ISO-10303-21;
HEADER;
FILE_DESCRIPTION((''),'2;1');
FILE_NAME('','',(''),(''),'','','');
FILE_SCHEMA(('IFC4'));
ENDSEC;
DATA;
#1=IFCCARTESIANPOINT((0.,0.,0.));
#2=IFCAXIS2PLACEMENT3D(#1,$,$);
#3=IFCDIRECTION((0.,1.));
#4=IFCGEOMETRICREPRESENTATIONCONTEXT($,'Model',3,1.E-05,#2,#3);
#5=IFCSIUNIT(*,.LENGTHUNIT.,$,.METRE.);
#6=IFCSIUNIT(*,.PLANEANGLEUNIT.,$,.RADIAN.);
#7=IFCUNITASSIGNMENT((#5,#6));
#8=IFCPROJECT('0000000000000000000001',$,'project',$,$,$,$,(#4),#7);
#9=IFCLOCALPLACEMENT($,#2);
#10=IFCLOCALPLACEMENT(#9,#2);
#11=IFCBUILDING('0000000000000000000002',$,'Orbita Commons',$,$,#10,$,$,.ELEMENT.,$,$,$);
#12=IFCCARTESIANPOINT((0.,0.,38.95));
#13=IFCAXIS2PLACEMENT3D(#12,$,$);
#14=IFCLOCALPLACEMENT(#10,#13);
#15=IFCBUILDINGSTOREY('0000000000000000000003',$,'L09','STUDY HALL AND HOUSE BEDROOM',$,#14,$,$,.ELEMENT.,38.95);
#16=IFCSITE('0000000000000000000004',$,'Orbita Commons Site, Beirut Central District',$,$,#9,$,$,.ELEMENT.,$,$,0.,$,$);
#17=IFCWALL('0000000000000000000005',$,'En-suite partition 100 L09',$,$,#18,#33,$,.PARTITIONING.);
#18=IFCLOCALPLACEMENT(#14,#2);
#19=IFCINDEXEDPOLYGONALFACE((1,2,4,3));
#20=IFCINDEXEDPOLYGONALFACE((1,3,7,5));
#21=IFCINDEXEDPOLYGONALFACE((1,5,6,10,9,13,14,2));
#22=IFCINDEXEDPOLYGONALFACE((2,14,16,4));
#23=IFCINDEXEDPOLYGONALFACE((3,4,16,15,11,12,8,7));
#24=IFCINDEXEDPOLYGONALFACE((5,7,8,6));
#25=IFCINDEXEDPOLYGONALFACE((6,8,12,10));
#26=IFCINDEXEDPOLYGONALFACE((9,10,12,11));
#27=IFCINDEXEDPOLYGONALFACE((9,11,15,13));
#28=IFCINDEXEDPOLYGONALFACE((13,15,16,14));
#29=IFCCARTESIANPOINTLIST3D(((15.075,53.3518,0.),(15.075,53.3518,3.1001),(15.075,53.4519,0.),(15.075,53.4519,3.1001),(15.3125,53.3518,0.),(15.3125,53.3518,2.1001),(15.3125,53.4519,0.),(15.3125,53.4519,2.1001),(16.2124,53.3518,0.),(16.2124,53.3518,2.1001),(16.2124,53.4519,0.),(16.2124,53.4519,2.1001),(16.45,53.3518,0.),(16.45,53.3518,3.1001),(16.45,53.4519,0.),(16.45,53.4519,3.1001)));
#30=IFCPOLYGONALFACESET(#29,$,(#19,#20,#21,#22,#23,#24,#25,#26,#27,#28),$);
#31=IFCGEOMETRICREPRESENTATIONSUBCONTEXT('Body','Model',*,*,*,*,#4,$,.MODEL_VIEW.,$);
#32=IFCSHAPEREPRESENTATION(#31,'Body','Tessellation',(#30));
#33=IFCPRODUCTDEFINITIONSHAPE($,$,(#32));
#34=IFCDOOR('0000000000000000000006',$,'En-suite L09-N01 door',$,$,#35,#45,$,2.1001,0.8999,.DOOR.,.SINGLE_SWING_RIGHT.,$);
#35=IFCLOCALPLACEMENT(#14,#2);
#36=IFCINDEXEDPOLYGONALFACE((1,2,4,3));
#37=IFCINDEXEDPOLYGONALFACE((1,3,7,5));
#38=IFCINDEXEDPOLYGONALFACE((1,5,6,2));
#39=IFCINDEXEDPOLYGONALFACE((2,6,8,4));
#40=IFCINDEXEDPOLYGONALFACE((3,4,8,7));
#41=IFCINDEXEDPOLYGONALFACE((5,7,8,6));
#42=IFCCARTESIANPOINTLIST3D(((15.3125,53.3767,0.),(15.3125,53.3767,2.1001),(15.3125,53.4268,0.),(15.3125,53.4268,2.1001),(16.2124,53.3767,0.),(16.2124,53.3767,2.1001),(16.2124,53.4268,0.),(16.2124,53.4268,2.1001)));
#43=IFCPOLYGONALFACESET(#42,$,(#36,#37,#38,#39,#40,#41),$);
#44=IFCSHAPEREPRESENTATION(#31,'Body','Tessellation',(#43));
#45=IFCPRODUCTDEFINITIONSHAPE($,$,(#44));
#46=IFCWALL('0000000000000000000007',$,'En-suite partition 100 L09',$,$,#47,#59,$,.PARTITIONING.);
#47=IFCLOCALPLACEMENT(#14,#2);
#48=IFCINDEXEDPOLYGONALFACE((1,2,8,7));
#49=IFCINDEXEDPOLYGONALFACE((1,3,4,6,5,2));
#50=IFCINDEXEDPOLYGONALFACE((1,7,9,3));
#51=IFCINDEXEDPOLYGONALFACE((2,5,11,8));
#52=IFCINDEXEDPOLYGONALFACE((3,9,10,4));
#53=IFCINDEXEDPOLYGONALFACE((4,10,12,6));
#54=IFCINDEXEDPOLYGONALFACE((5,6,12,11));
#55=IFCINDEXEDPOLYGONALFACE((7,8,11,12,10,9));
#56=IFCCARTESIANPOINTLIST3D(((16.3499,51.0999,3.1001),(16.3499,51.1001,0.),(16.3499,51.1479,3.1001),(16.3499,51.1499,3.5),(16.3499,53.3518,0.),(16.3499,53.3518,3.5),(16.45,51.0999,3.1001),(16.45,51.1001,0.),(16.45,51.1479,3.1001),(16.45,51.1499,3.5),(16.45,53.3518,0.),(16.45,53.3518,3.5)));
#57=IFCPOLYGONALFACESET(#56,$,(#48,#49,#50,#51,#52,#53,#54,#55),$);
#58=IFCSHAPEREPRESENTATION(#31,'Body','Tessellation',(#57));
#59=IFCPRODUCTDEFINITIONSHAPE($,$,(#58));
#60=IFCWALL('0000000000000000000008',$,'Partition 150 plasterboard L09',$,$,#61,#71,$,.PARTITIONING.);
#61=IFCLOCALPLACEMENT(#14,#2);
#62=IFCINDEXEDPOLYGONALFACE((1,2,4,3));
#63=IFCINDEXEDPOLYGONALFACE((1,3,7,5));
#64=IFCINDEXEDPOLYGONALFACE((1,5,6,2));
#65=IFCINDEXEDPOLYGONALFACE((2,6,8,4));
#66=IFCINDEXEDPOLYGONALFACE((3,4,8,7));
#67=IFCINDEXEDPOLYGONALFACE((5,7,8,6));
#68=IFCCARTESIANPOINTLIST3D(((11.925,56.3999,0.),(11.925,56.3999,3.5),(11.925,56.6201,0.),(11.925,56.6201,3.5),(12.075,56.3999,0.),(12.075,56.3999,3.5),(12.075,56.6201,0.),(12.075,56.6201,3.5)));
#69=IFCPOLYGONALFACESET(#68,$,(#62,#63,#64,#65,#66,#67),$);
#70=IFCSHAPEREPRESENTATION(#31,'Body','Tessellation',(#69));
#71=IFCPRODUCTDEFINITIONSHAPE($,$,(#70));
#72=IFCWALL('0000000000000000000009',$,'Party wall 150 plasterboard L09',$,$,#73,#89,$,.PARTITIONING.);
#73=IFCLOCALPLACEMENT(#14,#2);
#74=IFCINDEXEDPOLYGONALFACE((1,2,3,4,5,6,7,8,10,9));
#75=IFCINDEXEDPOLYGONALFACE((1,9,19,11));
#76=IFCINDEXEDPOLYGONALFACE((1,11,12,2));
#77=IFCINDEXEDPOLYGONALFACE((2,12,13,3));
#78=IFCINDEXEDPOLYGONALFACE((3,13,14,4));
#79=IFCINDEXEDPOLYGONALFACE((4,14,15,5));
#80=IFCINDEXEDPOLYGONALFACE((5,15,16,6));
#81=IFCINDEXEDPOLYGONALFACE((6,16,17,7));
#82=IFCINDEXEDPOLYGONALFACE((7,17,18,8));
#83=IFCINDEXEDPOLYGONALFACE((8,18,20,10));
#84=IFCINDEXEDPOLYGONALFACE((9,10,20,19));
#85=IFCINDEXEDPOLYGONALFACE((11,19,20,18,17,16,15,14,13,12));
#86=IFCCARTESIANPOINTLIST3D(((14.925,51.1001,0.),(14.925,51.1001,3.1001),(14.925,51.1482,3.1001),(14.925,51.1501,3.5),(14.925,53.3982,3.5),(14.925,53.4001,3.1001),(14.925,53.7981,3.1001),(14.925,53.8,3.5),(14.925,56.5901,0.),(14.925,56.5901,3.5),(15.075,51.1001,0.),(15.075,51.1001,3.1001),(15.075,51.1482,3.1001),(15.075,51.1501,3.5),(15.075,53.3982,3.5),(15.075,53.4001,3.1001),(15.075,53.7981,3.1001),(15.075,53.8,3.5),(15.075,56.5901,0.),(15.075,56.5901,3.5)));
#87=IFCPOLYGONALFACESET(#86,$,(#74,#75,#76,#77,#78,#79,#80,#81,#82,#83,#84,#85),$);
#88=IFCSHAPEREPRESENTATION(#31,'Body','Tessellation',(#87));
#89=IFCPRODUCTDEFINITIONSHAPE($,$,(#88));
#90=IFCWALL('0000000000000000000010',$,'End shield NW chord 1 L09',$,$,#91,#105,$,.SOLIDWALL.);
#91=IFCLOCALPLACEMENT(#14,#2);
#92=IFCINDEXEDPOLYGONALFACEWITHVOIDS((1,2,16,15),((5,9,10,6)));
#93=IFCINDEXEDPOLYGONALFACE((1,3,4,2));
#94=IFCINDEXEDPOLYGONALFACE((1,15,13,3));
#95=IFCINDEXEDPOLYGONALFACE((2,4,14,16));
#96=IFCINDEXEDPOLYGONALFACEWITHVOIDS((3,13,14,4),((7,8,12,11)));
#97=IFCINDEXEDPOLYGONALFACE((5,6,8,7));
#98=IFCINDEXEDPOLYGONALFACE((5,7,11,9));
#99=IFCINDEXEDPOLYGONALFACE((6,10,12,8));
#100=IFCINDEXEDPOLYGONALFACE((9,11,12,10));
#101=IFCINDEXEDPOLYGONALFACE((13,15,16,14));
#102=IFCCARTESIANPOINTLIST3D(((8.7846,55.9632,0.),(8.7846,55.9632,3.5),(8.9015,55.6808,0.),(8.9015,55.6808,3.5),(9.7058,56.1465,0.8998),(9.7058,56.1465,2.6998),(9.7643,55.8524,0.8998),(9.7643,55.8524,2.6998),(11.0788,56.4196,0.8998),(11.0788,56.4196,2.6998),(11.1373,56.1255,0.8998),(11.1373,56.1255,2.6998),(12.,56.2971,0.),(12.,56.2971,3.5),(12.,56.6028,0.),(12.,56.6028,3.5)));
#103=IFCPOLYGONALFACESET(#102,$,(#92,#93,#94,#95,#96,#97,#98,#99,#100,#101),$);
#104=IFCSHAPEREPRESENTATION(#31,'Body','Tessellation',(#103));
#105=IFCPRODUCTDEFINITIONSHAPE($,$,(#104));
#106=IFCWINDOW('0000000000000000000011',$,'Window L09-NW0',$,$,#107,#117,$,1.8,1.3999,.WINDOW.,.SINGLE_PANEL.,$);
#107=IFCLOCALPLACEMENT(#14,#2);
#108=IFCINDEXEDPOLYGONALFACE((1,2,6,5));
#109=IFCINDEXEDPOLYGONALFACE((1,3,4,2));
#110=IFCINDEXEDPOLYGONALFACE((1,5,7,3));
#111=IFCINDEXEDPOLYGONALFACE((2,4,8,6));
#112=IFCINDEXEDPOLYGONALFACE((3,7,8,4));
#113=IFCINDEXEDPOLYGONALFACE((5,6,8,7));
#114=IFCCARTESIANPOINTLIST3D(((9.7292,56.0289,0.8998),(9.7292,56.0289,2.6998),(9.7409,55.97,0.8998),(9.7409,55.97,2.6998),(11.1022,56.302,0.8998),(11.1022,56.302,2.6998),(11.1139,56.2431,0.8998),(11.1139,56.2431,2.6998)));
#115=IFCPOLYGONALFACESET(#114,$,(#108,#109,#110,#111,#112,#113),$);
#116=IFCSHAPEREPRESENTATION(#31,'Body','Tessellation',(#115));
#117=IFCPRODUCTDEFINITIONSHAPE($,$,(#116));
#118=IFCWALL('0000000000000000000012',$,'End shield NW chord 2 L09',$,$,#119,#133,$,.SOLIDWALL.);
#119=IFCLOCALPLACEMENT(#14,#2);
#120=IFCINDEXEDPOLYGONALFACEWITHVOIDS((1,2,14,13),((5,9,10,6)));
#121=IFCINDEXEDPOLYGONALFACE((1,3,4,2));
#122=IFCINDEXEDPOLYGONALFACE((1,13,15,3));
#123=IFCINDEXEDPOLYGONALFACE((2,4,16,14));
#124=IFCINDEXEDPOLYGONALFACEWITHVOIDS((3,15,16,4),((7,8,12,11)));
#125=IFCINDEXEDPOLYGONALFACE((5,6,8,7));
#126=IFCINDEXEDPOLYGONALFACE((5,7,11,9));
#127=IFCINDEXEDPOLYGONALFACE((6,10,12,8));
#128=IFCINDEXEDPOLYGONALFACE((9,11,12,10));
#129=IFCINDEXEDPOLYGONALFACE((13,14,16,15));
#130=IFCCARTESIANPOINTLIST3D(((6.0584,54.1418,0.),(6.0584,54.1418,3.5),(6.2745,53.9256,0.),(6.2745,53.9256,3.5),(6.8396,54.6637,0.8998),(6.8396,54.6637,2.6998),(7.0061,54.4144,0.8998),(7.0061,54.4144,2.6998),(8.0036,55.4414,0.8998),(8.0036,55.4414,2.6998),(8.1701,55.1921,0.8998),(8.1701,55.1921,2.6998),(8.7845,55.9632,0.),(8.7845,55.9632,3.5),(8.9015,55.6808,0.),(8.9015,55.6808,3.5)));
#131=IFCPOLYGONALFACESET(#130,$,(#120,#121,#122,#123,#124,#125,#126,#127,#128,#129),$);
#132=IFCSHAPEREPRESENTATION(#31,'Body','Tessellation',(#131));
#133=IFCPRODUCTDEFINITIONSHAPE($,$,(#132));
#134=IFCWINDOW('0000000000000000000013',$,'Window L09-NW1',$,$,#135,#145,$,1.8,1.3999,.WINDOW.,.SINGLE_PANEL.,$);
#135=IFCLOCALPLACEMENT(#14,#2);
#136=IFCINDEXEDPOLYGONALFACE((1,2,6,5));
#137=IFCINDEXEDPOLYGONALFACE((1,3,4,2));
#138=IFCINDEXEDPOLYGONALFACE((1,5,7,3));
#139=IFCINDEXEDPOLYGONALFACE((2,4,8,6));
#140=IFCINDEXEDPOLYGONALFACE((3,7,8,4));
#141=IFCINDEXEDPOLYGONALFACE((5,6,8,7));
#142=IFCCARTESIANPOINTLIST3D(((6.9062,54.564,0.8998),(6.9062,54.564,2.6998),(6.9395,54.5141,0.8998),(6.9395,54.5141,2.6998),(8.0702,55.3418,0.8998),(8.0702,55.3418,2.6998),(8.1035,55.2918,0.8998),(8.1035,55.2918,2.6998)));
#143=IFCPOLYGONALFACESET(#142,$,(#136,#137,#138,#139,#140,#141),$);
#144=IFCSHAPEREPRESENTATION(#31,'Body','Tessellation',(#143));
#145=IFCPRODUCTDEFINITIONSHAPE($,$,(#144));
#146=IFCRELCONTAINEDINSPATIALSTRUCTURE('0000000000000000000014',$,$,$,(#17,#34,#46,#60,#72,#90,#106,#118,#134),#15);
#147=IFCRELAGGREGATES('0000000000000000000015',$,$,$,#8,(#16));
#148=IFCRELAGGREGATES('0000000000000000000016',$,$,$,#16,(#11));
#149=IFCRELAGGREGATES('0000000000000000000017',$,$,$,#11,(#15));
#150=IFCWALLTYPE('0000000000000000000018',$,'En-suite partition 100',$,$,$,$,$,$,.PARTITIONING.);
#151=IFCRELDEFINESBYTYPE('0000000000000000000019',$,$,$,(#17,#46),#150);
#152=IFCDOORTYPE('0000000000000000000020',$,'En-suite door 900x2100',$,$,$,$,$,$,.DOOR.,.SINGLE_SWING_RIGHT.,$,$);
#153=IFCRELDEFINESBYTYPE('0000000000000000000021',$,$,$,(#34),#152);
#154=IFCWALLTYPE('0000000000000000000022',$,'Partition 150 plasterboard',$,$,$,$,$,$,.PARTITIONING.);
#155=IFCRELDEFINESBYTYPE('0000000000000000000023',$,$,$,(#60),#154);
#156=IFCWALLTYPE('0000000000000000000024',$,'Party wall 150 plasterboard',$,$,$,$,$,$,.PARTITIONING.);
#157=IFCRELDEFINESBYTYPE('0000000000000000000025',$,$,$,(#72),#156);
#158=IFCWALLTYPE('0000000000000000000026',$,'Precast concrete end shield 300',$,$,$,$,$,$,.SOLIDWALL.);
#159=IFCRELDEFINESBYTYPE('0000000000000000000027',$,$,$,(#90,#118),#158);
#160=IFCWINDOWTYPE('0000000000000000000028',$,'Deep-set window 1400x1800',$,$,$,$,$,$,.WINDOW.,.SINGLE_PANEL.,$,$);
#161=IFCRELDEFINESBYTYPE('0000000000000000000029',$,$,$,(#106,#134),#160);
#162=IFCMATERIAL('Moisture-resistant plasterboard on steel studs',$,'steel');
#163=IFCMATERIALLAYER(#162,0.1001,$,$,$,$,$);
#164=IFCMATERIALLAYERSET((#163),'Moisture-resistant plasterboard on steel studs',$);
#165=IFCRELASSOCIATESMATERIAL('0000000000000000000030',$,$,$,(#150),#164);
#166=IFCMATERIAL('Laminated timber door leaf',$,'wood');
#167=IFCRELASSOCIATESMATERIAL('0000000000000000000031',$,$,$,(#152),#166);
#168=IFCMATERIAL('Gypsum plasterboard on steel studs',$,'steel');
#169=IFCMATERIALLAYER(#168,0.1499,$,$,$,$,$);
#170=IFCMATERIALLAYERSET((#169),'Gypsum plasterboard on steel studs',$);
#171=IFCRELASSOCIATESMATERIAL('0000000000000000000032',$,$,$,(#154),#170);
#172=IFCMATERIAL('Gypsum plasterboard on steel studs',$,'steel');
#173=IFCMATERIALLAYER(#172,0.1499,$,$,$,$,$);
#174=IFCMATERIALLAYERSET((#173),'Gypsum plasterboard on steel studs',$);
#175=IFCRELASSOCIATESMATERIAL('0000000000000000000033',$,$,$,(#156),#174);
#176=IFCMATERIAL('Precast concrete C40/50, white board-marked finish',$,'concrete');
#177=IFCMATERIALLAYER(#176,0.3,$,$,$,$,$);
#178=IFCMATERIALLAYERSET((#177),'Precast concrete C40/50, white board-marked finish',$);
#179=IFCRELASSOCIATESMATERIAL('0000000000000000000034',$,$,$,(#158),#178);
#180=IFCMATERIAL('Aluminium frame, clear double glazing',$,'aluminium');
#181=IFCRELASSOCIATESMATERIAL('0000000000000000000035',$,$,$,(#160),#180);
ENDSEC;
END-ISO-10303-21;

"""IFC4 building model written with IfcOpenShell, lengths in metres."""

from ifc_helpers import new_model, si_unit, direction, frame, frame_2d, origin, place, context, subcontext, project, spatial, polyline, rectangle, outline, extrude, material, layer, layer_set, type_object, element, fill, save


model = new_model("IFC4")

# Units and contexts
model_context = context("Model", 3, precision=1e-05, world=origin(), true_north=direction((0.0, 1.0)))
body_context = subcontext(model_context, "Body", "Model", "MODEL_VIEW")
ifc_project = project(units=[si_unit("LENGTHUNIT", "METRE"), si_unit("PLANEANGLEUNIT", "RADIAN")], contexts=[model_context])

# Site, building, storey
site_placement = place(None, origin())
site = spatial("IfcSite", under=ifc_project, at=site_placement, Name="Orbita Commons Site, Beirut Central District", CompositionType="ELEMENT", RefElevation=0.0)
building_placement = place(site_placement, origin())
building = spatial("IfcBuilding", under=site, at=building_placement, Name="Orbita Commons", CompositionType="ELEMENT")
storey_placement = place(building_placement, frame((0.0, 0.0, 38.95)))
storey = spatial("IfcBuildingStorey", under=building, at=storey_placement, Name="L09", Description="STUDY HALL AND HOUSE BEDROOM", CompositionType="ELEMENT", Elevation=38.95)

# Wall, opening, door
ifc_material_1 = material(Name="Moisture-resistant plasterboard on steel studs", Category="steel")
ifc_layer_1 = layer(ifc_material_1, 0.1001)
ifc_layer_set_1 = layer_set([ifc_layer_1], Name="Moisture-resistant plasterboard on steel studs")
wall_type_1 = type_object("IfcWallType", Name="En-suite partition 100", PredefinedType="PARTITIONING", material=ifc_layer_set_1)
ifc_material_2 = material(Name="Laminated timber door leaf", Category="wood")
door_type = type_object("IfcDoorType", Name="En-suite door 900x2100", OperationType="SINGLE_SWING_RIGHT", PredefinedType="DOOR", material=ifc_material_2)
wall_1_placement = place(storey_placement, frame((15.075, 53.4019, 0.0), z_axis=(0.0, 0.0, 1.0), x_axis=(1.0, 0.0, 0.0)))
wall_1 = element("IfcWall", 1, at=wall_1_placement, inside=storey, type_object=wall_type_1, Name="En-suite partition 100 L09", PredefinedType="PARTITIONING", context=body_context, shape_type="SweptSolid", body=[
    extrude(outline(polyline([(0.0, 0.0), (1.375, 0.0), (1.375, 3.1001), (0.0, 3.1001), (0.0, 0.0)])), frame((0.0, 0.05, 0.0), z_axis=(0.0, -1.0, 0.0), x_axis=(1.0, 0.0, 0.0)), (0.0, 0.0, 1.0), 0.1001),
])
opening_1_placement = place(wall_1_placement, frame((0.2375, 0.0, 0.0)))
opening_1 = element("IfcOpeningElement", 2, at=opening_1_placement, cuts=wall_1, PredefinedType="OPENING", context=body_context, shape_type="SweptSolid", body=[
    extrude(rectangle(XDim=0.8999, YDim=2.1001, at=frame_2d((0.45, 1.05))), frame((0.0, 0.0601, 0.0), z_axis=(0.0, -1.0, 0.0), x_axis=(1.0, 0.0, 0.0)), (0.0, 0.0, 1.0), 0.1201),
])
door_1_placement = place(opening_1_placement, origin())
door_1 = element("IfcDoor", 3, at=door_1_placement, inside=storey, type_object=door_type, Name="En-suite L09-N01 door", OperationType="SINGLE_SWING_RIGHT", OverallHeight=2.1001, OverallWidth=0.8999, PredefinedType="DOOR", context=body_context, shape_type="SweptSolid", body=[
    extrude(rectangle(XDim=0.8999, YDim=2.1001, at=frame_2d((0.45, 1.05))), frame((0.0, 0.0249, 0.0), z_axis=(0.0, -1.0, 0.0), x_axis=(1.0, 0.0, 0.0)), (0.0, 0.0, 1.0), 0.05),
])
fill(opening_1, door_1)

# Walls
wall_2_placement = place(storey_placement, frame((16.3999, 53.3518, 0.0), z_axis=(0.0, 0.0, 1.0), x_axis=(0.0, -1.0, 0.0)))
element("IfcWall", 4, at=wall_2_placement, inside=storey, type_object=wall_type_1, Name="En-suite partition 100 L09", PredefinedType="PARTITIONING", context=body_context, shape_type="SweptSolid", body=[
    extrude(outline(polyline([(0.0, 0.0), (2.2517, 0.0), (2.252, 3.1001), (2.2039, 3.1001), (2.2019, 3.5), (0.0, 3.5), (0.0, 0.0)])), frame((0.0, 0.05, 0.0), z_axis=(0.0, -1.0, 0.0), x_axis=(1.0, 0.0, 0.0)), (0.0, 0.0, 1.0), 0.1001),
])
ifc_material_3 = material(Name="Gypsum plasterboard on steel studs", Category="steel")
ifc_layer_2 = layer(ifc_material_3, 0.1499)
ifc_layer_set_2 = layer_set([ifc_layer_2], Name="Gypsum plasterboard on steel studs")
wall_type_2 = type_object("IfcWallType", Name="Partition 150 plasterboard", PredefinedType="PARTITIONING", material=ifc_layer_set_2)
wall_3_placement = place(storey_placement, frame((12.0, 56.3999, 0.0), z_axis=(0.0, 0.0, 1.0), x_axis=(0.0, 1.0, 0.0)))
element("IfcWall", 5, at=wall_3_placement, inside=storey, type_object=wall_type_2, Name="Partition 150 plasterboard L09", PredefinedType="PARTITIONING", context=body_context, shape_type="SweptSolid", body=[
    extrude(rectangle(XDim=0.2202, YDim=0.1499, at=frame_2d((0.1101, 0.0))), origin(), (0.0, 0.0, 1.0), 3.5),
])
ifc_material_4 = material(Name="Gypsum plasterboard on steel studs", Category="steel")
ifc_layer_3 = layer(ifc_material_4, 0.1499)
ifc_layer_set_3 = layer_set([ifc_layer_3], Name="Gypsum plasterboard on steel studs")
wall_type_3 = type_object("IfcWallType", Name="Party wall 150 plasterboard", PredefinedType="PARTITIONING", material=ifc_layer_set_3)
wall_4_placement = place(storey_placement, frame((15.0, 56.5901, 0.0), z_axis=(0.0, 0.0, 1.0), x_axis=(0.0, -1.0, 0.0)))
element("IfcWall", 6, at=wall_4_placement, inside=storey, type_object=wall_type_3, Name="Party wall 150 plasterboard L09", PredefinedType="PARTITIONING", context=body_context, shape_type="SweptSolid", body=[
    extrude(outline(polyline([(0.0, 0.0), (5.49, 0.0), (5.49, 3.1001), (5.4419, 3.1001), (5.4399, 3.5), (3.1919, 3.5), (3.1899, 3.1001), (2.792, 3.1001), (2.79, 3.5), (0.0, 3.5), (0.0, 0.0)])), frame((0.0, 0.075, 0.0), z_axis=(0.0, -1.0, 0.0), x_axis=(1.0, 0.0, 0.0)), (0.0, 0.0, 1.0), 0.1499),
])

# Walls, openings, windows
ifc_material_5 = material(Name="Precast concrete C40/50, white board-marked finish", Category="concrete")
ifc_layer_4 = layer(ifc_material_5, 0.3)
ifc_layer_set_4 = layer_set([ifc_layer_4], Name="Precast concrete C40/50, white board-marked finish")
wall_type_4 = type_object("IfcWallType", Name="Precast concrete end shield 300", PredefinedType="SOLIDWALL", material=ifc_layer_set_4)
wall_5_placement = place(storey_placement, frame((12.0, 56.45, 0.0), z_axis=(0.0, 0.0, 1.0), x_axis=(-0.980787, -0.19508, 0.0)))
wall_5 = element("IfcWall", 7, at=wall_5_placement, inside=storey, type_object=wall_type_4, Name="End shield NW chord 1 L09", PredefinedType="SOLIDWALL", context=body_context, shape_type="SweptSolid", body=[
    extrude(outline(polyline([(-0.0298, -0.1499), (3.2485, -0.1499), (3.189, 0.1499), (0.0298, 0.1499), (-0.0298, -0.1499)])), origin(), (0.0, 0.0, 1.0), 3.5),
])
opening_2_placement = place(wall_5_placement, frame((0.9094, 0.0, 0.8999)))
opening_2 = element("IfcOpeningElement", 8, at=opening_2_placement, cuts=wall_5, PredefinedType="OPENING", context=body_context, shape_type="SweptSolid", body=[
    extrude(rectangle(XDim=1.3999, YDim=1.8, at=frame_2d((0.7, 0.8999))), frame((0.0, 0.1599, 0.0), z_axis=(0.0, -1.0, 0.0), x_axis=(1.0, 0.0, 0.0)), (0.0, 0.0, 1.0), 0.3201),
])
ifc_material_6 = material(Name="Aluminium frame, clear double glazing", Category="aluminium")
window_type = type_object("IfcWindowType", Name="Deep-set window 1400x1800", PartitioningType="SINGLE_PANEL", PredefinedType="WINDOW", material=ifc_material_6)
window_1_placement = place(opening_2_placement, origin())
window_1 = element("IfcWindow", 9, at=window_1_placement, inside=storey, type_object=window_type, Name="Window L09-NW0", OverallHeight=1.8, OverallWidth=1.3999, PartitioningType="SINGLE_PANEL", PredefinedType="WINDOW", context=body_context, shape_type="SweptSolid", body=[
    extrude(rectangle(XDim=1.3999, YDim=1.8, at=frame_2d((0.7, 0.8999))), frame((0.0, 0.03, 0.0), z_axis=(0.0, -1.0, 0.0), x_axis=(1.0, 0.0, 0.0)), (0.0, 0.0, 1.0), 0.0601),
])
fill(opening_2, window_1)
wall_6_placement = place(storey_placement, frame((8.843, 55.822, 0.0), z_axis=(0.0, 0.0, 1.0), x_axis=(-0.831478, -0.555558, 0.0)))
wall_6 = element("IfcWall", 10, at=wall_6_placement, inside=storey, type_object=wall_type_4, Name="End shield NW chord 2 L09", PredefinedType="SOLIDWALL", context=body_context, shape_type="SweptSolid", body=[
    extrude(outline(polyline([(-0.0298, -0.1499), (3.2488, -0.1499), (3.1892, 0.1499), (0.0298, 0.1499), (-0.0298, -0.1499)])), origin(), (0.0, 0.0, 1.0), 3.5),
])
opening_3_placement = place(wall_6_placement, frame((0.9094, 0.0, 0.8999)))
opening_3 = element("IfcOpeningElement", 11, at=opening_3_placement, cuts=wall_6, PredefinedType="OPENING", context=body_context, shape_type="SweptSolid", body=[
    extrude(rectangle(XDim=1.3999, YDim=1.8, at=frame_2d((0.7, 0.8999))), frame((0.0, 0.1599, 0.0), z_axis=(0.0, -1.0, 0.0), x_axis=(1.0, 0.0, 0.0)), (0.0, 0.0, 1.0), 0.3201),
])
window_2_placement = place(opening_3_placement, origin())
window_2 = element("IfcWindow", 12, at=window_2_placement, inside=storey, type_object=window_type, Name="Window L09-NW1", OverallHeight=1.8, OverallWidth=1.3999, PartitioningType="SINGLE_PANEL", PredefinedType="WINDOW", context=body_context, shape_type="SweptSolid", body=[
    extrude(rectangle(XDim=1.3999, YDim=1.8, at=frame_2d((0.7, 0.8999))), frame((0.0, 0.03, 0.0), z_axis=(0.0, -1.0, 0.0), x_axis=(1.0, 0.0, 0.0)), (0.0, 0.0, 1.0), 0.0601),
])
fill(opening_3, window_2)

save(model, "model.ifc")
